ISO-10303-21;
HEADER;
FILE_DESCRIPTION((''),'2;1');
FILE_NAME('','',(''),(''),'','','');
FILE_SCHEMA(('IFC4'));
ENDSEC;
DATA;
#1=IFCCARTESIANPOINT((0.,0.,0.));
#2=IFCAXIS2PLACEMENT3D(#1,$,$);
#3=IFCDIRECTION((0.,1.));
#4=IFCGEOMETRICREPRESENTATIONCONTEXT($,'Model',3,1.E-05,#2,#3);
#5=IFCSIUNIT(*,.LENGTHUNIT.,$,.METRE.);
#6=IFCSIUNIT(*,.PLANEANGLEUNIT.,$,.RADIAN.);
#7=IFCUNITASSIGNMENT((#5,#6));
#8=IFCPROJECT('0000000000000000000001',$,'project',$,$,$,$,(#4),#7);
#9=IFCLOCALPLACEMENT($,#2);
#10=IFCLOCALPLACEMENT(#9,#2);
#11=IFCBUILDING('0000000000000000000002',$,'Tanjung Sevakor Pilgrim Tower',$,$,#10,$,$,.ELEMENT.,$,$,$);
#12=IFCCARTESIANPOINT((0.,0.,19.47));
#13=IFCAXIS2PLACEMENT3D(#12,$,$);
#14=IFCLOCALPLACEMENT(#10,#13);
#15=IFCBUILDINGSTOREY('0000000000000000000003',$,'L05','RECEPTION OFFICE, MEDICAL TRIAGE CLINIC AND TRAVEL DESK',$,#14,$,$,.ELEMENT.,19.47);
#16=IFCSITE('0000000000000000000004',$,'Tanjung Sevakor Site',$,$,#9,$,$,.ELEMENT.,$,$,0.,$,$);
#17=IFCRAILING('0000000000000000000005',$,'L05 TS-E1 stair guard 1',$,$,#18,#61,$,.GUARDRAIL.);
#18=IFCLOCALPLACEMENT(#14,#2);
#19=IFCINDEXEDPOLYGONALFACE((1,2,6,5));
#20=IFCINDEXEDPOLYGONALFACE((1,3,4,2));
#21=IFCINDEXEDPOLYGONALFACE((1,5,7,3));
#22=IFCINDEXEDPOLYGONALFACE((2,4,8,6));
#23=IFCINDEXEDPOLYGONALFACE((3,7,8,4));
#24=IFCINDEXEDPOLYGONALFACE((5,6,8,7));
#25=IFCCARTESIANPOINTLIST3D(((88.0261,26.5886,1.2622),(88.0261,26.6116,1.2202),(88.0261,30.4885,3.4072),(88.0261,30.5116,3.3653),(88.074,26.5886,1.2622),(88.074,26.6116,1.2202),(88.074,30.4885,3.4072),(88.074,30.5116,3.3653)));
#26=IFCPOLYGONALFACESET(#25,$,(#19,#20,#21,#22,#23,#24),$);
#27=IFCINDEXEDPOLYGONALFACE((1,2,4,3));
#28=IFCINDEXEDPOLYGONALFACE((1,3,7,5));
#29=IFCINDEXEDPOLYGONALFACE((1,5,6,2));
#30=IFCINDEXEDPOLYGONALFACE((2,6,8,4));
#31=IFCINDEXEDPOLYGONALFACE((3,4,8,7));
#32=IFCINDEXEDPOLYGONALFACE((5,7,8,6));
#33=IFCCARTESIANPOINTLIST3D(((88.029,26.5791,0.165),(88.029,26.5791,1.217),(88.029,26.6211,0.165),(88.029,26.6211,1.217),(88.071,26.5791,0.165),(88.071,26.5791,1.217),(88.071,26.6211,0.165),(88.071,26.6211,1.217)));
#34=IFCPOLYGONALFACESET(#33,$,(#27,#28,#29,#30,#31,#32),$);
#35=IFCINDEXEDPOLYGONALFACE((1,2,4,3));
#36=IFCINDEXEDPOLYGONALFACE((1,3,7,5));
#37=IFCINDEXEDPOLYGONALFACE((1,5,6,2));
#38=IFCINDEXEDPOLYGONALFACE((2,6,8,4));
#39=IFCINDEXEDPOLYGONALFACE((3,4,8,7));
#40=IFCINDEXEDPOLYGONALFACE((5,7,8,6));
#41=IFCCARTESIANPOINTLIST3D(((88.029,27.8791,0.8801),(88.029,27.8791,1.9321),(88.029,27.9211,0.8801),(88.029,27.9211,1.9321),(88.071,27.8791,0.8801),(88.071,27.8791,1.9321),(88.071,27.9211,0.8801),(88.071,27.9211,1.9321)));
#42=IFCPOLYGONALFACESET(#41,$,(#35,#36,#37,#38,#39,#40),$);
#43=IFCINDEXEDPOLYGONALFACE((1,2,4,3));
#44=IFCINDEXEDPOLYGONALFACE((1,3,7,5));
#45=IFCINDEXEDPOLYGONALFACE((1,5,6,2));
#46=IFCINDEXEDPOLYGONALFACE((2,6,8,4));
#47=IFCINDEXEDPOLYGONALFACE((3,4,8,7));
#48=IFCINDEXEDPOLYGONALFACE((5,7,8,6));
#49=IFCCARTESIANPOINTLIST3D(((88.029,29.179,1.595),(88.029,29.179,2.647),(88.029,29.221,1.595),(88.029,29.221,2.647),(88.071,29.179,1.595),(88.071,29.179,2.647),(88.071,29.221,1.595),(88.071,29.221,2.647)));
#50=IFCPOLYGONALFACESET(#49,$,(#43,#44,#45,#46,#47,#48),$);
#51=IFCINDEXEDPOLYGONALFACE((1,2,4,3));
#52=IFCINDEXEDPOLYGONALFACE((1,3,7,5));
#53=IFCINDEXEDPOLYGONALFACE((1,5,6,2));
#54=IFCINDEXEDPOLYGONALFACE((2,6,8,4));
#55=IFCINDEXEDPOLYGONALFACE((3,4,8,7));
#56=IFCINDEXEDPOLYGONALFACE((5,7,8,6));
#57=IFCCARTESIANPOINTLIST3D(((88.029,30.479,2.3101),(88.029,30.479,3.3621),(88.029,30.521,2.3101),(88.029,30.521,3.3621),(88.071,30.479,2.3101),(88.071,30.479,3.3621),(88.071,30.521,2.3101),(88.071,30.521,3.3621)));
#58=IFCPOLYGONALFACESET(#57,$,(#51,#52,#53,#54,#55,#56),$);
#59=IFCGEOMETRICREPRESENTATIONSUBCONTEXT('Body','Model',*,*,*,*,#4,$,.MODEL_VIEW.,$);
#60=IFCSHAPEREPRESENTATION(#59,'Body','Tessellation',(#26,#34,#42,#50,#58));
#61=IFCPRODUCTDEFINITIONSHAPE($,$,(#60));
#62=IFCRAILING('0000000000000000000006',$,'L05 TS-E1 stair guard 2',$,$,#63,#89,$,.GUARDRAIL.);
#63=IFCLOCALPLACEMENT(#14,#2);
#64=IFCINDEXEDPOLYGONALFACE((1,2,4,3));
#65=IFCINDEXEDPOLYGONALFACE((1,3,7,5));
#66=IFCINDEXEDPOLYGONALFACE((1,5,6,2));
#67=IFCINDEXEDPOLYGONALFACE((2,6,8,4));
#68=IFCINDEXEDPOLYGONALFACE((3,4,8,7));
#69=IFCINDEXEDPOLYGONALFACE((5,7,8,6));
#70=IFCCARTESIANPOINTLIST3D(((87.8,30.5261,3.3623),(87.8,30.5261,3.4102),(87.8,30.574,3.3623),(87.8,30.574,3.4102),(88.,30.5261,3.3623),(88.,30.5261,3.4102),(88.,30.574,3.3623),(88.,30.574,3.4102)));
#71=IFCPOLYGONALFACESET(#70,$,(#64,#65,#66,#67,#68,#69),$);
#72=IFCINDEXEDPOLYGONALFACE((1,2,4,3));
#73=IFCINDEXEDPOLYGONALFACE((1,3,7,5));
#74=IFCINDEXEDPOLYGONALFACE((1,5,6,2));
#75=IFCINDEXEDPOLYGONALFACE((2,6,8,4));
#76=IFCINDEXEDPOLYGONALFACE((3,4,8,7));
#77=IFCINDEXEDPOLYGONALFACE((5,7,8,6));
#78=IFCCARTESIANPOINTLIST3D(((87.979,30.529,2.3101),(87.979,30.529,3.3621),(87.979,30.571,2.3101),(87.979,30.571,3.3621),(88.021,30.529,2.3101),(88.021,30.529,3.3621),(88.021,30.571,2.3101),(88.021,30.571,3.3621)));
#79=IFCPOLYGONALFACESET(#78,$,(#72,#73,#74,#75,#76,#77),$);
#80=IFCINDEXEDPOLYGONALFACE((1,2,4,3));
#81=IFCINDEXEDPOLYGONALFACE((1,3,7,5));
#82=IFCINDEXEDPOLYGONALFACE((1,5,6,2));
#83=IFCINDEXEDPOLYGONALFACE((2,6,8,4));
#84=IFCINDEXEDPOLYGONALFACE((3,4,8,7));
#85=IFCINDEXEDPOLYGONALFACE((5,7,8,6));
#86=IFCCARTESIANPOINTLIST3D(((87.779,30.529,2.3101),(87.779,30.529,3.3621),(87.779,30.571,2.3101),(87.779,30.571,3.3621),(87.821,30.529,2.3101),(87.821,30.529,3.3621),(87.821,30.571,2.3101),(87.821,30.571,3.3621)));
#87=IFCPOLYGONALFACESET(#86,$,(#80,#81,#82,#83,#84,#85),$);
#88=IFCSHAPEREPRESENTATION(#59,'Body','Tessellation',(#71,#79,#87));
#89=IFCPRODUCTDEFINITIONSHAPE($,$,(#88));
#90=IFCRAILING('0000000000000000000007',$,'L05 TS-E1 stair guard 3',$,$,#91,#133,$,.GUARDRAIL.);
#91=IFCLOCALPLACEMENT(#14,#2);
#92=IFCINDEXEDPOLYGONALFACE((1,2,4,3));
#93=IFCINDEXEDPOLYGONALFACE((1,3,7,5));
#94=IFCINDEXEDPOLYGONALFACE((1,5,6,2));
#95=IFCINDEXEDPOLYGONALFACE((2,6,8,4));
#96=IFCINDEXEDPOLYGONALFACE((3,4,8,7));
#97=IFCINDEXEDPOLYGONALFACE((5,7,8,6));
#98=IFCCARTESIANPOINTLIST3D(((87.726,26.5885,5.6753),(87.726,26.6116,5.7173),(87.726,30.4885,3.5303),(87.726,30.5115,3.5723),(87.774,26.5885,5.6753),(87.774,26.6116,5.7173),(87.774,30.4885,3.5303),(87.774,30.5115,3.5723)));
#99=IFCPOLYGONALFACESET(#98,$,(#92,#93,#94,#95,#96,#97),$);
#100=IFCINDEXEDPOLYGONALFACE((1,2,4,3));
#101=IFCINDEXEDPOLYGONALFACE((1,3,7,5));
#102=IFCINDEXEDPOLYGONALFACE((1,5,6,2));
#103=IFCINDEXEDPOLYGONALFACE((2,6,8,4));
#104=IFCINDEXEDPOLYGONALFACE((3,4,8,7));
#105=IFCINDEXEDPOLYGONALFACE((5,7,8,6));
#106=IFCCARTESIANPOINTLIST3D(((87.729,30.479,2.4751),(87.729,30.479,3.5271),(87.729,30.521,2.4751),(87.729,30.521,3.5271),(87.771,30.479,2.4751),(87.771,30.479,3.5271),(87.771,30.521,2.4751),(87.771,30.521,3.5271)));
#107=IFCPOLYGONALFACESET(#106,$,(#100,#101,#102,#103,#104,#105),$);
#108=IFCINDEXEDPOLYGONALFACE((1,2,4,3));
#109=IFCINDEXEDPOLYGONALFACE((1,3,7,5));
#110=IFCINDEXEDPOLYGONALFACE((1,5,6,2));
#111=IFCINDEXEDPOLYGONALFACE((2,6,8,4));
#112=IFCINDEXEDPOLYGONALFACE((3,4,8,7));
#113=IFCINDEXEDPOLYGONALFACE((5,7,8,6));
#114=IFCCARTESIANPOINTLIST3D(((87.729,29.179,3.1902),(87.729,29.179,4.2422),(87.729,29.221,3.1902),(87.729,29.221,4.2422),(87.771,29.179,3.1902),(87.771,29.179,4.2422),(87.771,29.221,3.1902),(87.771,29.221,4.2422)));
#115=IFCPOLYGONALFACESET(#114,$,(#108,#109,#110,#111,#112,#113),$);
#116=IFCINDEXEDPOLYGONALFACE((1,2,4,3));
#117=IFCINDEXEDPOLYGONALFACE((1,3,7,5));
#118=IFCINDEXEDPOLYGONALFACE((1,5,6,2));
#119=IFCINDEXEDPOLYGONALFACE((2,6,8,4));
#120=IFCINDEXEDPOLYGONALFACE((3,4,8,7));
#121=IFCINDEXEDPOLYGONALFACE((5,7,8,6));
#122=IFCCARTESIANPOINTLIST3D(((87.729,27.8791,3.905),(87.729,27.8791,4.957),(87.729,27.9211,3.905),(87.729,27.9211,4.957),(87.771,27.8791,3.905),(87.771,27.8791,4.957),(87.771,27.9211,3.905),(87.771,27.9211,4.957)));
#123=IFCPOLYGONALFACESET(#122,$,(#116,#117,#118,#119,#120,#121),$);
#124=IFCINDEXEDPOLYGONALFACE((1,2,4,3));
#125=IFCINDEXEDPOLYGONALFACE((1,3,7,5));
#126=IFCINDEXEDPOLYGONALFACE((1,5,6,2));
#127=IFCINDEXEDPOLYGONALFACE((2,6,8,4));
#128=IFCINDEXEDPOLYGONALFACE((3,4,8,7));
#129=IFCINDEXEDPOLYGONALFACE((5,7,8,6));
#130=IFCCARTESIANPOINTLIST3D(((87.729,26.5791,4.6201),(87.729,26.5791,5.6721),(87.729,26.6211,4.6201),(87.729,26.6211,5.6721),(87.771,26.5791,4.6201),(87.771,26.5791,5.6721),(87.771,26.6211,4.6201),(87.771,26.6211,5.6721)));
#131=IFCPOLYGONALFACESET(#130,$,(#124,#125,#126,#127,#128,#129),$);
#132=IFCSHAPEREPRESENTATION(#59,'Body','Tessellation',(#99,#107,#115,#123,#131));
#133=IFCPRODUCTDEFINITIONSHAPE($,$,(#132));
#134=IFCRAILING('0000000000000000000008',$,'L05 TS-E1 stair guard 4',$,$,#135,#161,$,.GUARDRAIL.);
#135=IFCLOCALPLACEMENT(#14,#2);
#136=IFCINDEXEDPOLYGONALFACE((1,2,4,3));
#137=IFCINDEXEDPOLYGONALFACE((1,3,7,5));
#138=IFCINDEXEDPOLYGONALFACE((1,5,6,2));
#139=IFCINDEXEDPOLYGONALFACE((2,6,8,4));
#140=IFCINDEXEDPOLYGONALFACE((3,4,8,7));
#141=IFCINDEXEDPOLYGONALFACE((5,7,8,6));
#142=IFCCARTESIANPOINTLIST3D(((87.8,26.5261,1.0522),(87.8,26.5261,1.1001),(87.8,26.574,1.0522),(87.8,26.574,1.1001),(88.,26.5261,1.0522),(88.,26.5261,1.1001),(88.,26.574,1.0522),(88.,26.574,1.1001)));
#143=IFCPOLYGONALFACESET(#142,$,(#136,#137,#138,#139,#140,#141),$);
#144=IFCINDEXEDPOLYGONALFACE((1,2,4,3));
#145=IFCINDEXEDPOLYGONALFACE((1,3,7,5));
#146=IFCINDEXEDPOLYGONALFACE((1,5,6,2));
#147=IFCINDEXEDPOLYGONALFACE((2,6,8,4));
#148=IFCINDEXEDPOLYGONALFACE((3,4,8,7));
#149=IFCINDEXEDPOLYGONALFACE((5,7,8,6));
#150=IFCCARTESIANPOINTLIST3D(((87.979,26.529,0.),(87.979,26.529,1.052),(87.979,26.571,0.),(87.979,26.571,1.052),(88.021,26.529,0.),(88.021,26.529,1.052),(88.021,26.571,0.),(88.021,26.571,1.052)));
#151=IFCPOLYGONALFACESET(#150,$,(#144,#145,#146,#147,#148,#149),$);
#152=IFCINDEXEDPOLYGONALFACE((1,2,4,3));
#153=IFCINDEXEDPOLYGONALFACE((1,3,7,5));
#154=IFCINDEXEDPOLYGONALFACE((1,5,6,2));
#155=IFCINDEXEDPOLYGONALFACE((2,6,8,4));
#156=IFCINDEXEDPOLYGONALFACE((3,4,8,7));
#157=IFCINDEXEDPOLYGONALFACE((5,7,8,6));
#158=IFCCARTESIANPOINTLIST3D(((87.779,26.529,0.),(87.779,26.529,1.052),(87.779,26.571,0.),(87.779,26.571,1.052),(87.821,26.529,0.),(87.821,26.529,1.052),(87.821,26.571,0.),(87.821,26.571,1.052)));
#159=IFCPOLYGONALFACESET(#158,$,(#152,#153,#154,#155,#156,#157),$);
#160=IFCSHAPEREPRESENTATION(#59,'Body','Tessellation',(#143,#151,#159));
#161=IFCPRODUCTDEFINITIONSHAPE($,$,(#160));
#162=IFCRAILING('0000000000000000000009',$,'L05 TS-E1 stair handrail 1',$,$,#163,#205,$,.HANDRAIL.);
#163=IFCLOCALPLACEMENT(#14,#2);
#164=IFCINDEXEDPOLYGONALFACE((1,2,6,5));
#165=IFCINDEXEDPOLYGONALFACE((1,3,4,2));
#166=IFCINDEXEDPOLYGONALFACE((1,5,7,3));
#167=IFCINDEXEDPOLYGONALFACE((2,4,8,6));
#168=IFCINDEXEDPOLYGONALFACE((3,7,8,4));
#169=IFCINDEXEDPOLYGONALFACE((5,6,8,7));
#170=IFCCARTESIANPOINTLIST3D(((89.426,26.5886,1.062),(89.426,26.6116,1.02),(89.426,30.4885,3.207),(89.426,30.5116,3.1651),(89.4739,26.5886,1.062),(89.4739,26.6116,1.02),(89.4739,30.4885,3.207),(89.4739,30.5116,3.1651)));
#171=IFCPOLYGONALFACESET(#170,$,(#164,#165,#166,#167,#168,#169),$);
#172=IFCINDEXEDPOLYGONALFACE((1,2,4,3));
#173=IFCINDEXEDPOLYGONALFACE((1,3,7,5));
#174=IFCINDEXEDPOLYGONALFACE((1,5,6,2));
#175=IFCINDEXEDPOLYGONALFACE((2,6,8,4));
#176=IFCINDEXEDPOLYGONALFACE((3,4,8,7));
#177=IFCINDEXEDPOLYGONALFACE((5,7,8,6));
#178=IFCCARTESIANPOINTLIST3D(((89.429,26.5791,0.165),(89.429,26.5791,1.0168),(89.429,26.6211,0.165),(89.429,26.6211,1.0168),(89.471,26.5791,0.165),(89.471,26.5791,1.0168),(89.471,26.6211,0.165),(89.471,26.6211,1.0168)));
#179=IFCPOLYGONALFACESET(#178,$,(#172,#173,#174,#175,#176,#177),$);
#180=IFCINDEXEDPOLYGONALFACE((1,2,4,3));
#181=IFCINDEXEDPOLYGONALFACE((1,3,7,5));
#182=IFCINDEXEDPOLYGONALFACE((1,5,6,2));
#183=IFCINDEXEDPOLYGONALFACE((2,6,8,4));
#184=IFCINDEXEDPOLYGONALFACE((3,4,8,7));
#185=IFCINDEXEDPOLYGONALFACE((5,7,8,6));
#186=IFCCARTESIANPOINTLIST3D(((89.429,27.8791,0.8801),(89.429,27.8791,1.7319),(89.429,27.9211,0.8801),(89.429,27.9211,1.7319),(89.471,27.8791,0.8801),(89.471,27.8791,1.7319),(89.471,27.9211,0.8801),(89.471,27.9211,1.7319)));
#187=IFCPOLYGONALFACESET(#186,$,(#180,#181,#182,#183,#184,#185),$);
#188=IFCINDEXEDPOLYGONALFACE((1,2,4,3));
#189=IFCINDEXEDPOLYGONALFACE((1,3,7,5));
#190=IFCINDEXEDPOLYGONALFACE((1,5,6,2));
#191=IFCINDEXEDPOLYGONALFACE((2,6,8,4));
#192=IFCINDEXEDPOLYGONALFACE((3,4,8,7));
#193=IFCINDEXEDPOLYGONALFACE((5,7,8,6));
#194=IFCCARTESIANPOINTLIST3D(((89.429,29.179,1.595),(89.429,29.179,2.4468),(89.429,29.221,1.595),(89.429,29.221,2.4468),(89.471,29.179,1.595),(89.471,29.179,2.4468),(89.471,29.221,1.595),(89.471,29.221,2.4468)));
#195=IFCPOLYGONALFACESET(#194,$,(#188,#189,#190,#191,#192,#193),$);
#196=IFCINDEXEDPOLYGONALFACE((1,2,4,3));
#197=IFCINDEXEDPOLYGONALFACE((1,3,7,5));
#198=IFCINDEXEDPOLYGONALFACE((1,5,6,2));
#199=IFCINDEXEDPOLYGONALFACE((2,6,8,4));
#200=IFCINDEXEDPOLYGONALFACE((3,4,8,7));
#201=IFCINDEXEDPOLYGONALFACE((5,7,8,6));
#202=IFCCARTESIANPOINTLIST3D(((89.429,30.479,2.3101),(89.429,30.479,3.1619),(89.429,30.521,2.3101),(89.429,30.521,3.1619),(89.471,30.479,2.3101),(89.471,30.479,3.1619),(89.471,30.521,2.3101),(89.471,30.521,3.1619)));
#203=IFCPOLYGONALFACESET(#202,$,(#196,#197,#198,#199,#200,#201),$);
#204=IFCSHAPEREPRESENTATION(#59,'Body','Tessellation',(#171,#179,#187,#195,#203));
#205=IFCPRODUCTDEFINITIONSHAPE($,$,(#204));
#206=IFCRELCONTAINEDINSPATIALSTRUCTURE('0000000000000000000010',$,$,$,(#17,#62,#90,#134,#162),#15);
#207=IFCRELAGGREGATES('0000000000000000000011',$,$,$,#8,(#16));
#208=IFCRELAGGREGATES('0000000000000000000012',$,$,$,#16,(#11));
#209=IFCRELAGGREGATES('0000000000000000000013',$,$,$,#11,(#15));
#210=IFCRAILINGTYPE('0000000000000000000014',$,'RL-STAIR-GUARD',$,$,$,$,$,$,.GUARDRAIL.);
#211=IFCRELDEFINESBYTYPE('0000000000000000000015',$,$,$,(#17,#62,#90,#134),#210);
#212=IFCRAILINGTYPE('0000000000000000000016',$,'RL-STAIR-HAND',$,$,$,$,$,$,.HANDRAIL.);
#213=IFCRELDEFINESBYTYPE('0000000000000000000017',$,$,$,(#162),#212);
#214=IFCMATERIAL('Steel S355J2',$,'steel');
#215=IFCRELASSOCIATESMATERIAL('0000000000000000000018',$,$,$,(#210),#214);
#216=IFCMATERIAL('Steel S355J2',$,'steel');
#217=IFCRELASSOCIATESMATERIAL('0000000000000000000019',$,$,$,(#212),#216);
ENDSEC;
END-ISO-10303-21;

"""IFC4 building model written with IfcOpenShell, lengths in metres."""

from ifc_helpers import new_model, si_unit, direction, frame, origin, place, context, subcontext, project, spatial, rectangle, extrude, material, type_object, element, save


model = new_model("IFC4")

# Units and contexts
model_context = context("Model", 3, precision=1e-05, world=origin(), true_north=direction((0.0, 1.0)))
body_context = subcontext(model_context, "Body", "Model", "MODEL_VIEW")
ifc_project = project(units=[si_unit("LENGTHUNIT", "METRE"), si_unit("PLANEANGLEUNIT", "RADIAN")], contexts=[model_context])

# Site, building, storey
site_placement = place(None, origin())
site = spatial("IfcSite", under=ifc_project, at=site_placement, Name="Tanjung Sevakor Site", CompositionType="ELEMENT", RefElevation=0.0)
building_placement = place(site_placement, origin())
building = spatial("IfcBuilding", under=site, at=building_placement, Name="Tanjung Sevakor Pilgrim Tower", CompositionType="ELEMENT")
storey_placement = place(building_placement, frame((0.0, 0.0, 19.47)))
storey = spatial("IfcBuildingStorey", under=building, at=storey_placement, Name="L05", Description="RECEPTION OFFICE, MEDICAL TRIAGE CLINIC AND TRAVEL DESK", CompositionType="ELEMENT", Elevation=19.47)

# Railings
ifc_material_1 = material(Name="Steel S355J2", Category="steel")
railing_type_1 = type_object("IfcRailingType", Name="RL-STAIR-GUARD", PredefinedType="GUARDRAIL", material=ifc_material_1)
railing_1_placement = place(storey_placement, frame((88.05, 26.6001, 0.165)))
element("IfcRailing", 1, at=railing_1_placement, inside=storey, type_object=railing_type_1, Name="L05 TS-E1 stair guard 1", PredefinedType="GUARDRAIL", context=body_context, shape_type="SweptSolid", body=[
    extrude(rectangle(XDim=0.0479, YDim=0.0479), frame((0.0, 0.0, 1.0762), z_axis=(0.0, 0.876209, 0.481931), x_axis=(-1.0, 0.0, 0.0)), (0.0, 0.0, 1.0), 4.4509),
    extrude(rectangle(XDim=0.042, YDim=0.042), origin(), (0.0, 0.0, 1.0), 1.052),
    extrude(rectangle(XDim=0.042, YDim=0.042), frame((0.0, 1.3, 0.7151)), (0.0, 0.0, 1.0), 1.052),
    extrude(rectangle(XDim=0.042, YDim=0.042), frame((0.0, 2.5999, 1.4299)), (0.0, 0.0, 1.0), 1.052),
    extrude(rectangle(XDim=0.042, YDim=0.042), frame((0.0, 3.8999, 2.145)), (0.0, 0.0, 1.0), 1.052),
])
railing_2_placement = place(storey_placement, frame((88.0, 30.55, 2.3101)))
element("IfcRailing", 2, at=railing_2_placement, inside=storey, type_object=railing_type_1, Name="L05 TS-E1 stair guard 2", PredefinedType="GUARDRAIL", context=body_context, shape_type="SweptSolid", body=[
    extrude(rectangle(XDim=0.0479, YDim=0.0479), frame((0.0, 0.0, 1.0762), z_axis=(-1.0, 0.0, 0.0), x_axis=(0.0, -1.0, 0.0)), (0.0, 0.0, 1.0), 0.2),
    extrude(rectangle(XDim=0.042, YDim=0.042), origin(), (0.0, 0.0, 1.0), 1.052),
    extrude(rectangle(XDim=0.042, YDim=0.042), frame((-0.2, 0.0, 0.0)), (0.0, 0.0, 1.0), 1.052),
])
railing_3_placement = place(storey_placement, frame((87.75, 30.5, 2.4751)))
element("IfcRailing", 3, at=railing_3_placement, inside=storey, type_object=railing_type_1, Name="L05 TS-E1 stair guard 3", PredefinedType="GUARDRAIL", context=body_context, shape_type="SweptSolid", body=[
    extrude(rectangle(XDim=0.0479, YDim=0.0479), frame((0.0, 0.0, 1.0762), z_axis=(0.0, -0.876209, 0.481931), x_axis=(1.0, 0.0, 0.0)), (0.0, 0.0, 1.0), 4.4509),
    extrude(rectangle(XDim=0.042, YDim=0.042), origin(), (0.0, 0.0, 1.0), 1.052),
    extrude(rectangle(XDim=0.042, YDim=0.042), frame((0.0, -1.3, 0.7151)), (0.0, 0.0, 1.0), 1.052),
    extrude(rectangle(XDim=0.042, YDim=0.042), frame((0.0, -2.5999, 1.4299)), (0.0, 0.0, 1.0), 1.052),
    extrude(rectangle(XDim=0.042, YDim=0.042), frame((0.0, -3.8999, 2.145)), (0.0, 0.0, 1.0), 1.052),
])
railing_4_placement = place(storey_placement, frame((88.0, 26.55, 0.0)))
element("IfcRailing", 4, at=railing_4_placement, inside=storey, type_object=railing_type_1, Name="L05 TS-E1 stair guard 4", PredefinedType="GUARDRAIL", context=body_context, shape_type="SweptSolid", body=[
    extrude(rectangle(XDim=0.0479, YDim=0.0479), frame((0.0, 0.0, 1.0762), z_axis=(-1.0, 0.0, 0.0), x_axis=(0.0, -1.0, 0.0)), (0.0, 0.0, 1.0), 0.2),
    extrude(rectangle(XDim=0.042, YDim=0.042), origin(), (0.0, 0.0, 1.0), 1.052),
    extrude(rectangle(XDim=0.042, YDim=0.042), frame((-0.2, 0.0, 0.0)), (0.0, 0.0, 1.0), 1.052),
])
ifc_material_2 = material(Name="Steel S355J2", Category="steel")
railing_type_2 = type_object("IfcRailingType", Name="RL-STAIR-HAND", PredefinedType="HANDRAIL", material=ifc_material_2)
railing_5_placement = place(storey_placement, frame((89.45, 26.6001, 0.165)))
element("IfcRailing", 5, at=railing_5_placement, inside=storey, type_object=railing_type_2, Name="L05 TS-E1 stair handrail 1", PredefinedType="HANDRAIL", context=body_context, shape_type="SweptSolid", body=[
    extrude(rectangle(XDim=0.0479, YDim=0.0479), frame((0.0, 0.0, 0.876), z_axis=(0.0, 0.876209, 0.481931), x_axis=(-1.0, 0.0, 0.0)), (0.0, 0.0, 1.0), 4.4509),
    extrude(rectangle(XDim=0.042, YDim=0.042), origin(), (0.0, 0.0, 1.0), 0.8518),
    extrude(rectangle(XDim=0.042, YDim=0.042), frame((0.0, 1.3, 0.7151)), (0.0, 0.0, 1.0), 0.8518),
    extrude(rectangle(XDim=0.042, YDim=0.042), frame((0.0, 2.5999, 1.4299)), (0.0, 0.0, 1.0), 0.8518),
    extrude(rectangle(XDim=0.042, YDim=0.042), frame((0.0, 3.8999, 2.145)), (0.0, 0.0, 1.0), 0.8518),
])

save(model, "model.ifc")
